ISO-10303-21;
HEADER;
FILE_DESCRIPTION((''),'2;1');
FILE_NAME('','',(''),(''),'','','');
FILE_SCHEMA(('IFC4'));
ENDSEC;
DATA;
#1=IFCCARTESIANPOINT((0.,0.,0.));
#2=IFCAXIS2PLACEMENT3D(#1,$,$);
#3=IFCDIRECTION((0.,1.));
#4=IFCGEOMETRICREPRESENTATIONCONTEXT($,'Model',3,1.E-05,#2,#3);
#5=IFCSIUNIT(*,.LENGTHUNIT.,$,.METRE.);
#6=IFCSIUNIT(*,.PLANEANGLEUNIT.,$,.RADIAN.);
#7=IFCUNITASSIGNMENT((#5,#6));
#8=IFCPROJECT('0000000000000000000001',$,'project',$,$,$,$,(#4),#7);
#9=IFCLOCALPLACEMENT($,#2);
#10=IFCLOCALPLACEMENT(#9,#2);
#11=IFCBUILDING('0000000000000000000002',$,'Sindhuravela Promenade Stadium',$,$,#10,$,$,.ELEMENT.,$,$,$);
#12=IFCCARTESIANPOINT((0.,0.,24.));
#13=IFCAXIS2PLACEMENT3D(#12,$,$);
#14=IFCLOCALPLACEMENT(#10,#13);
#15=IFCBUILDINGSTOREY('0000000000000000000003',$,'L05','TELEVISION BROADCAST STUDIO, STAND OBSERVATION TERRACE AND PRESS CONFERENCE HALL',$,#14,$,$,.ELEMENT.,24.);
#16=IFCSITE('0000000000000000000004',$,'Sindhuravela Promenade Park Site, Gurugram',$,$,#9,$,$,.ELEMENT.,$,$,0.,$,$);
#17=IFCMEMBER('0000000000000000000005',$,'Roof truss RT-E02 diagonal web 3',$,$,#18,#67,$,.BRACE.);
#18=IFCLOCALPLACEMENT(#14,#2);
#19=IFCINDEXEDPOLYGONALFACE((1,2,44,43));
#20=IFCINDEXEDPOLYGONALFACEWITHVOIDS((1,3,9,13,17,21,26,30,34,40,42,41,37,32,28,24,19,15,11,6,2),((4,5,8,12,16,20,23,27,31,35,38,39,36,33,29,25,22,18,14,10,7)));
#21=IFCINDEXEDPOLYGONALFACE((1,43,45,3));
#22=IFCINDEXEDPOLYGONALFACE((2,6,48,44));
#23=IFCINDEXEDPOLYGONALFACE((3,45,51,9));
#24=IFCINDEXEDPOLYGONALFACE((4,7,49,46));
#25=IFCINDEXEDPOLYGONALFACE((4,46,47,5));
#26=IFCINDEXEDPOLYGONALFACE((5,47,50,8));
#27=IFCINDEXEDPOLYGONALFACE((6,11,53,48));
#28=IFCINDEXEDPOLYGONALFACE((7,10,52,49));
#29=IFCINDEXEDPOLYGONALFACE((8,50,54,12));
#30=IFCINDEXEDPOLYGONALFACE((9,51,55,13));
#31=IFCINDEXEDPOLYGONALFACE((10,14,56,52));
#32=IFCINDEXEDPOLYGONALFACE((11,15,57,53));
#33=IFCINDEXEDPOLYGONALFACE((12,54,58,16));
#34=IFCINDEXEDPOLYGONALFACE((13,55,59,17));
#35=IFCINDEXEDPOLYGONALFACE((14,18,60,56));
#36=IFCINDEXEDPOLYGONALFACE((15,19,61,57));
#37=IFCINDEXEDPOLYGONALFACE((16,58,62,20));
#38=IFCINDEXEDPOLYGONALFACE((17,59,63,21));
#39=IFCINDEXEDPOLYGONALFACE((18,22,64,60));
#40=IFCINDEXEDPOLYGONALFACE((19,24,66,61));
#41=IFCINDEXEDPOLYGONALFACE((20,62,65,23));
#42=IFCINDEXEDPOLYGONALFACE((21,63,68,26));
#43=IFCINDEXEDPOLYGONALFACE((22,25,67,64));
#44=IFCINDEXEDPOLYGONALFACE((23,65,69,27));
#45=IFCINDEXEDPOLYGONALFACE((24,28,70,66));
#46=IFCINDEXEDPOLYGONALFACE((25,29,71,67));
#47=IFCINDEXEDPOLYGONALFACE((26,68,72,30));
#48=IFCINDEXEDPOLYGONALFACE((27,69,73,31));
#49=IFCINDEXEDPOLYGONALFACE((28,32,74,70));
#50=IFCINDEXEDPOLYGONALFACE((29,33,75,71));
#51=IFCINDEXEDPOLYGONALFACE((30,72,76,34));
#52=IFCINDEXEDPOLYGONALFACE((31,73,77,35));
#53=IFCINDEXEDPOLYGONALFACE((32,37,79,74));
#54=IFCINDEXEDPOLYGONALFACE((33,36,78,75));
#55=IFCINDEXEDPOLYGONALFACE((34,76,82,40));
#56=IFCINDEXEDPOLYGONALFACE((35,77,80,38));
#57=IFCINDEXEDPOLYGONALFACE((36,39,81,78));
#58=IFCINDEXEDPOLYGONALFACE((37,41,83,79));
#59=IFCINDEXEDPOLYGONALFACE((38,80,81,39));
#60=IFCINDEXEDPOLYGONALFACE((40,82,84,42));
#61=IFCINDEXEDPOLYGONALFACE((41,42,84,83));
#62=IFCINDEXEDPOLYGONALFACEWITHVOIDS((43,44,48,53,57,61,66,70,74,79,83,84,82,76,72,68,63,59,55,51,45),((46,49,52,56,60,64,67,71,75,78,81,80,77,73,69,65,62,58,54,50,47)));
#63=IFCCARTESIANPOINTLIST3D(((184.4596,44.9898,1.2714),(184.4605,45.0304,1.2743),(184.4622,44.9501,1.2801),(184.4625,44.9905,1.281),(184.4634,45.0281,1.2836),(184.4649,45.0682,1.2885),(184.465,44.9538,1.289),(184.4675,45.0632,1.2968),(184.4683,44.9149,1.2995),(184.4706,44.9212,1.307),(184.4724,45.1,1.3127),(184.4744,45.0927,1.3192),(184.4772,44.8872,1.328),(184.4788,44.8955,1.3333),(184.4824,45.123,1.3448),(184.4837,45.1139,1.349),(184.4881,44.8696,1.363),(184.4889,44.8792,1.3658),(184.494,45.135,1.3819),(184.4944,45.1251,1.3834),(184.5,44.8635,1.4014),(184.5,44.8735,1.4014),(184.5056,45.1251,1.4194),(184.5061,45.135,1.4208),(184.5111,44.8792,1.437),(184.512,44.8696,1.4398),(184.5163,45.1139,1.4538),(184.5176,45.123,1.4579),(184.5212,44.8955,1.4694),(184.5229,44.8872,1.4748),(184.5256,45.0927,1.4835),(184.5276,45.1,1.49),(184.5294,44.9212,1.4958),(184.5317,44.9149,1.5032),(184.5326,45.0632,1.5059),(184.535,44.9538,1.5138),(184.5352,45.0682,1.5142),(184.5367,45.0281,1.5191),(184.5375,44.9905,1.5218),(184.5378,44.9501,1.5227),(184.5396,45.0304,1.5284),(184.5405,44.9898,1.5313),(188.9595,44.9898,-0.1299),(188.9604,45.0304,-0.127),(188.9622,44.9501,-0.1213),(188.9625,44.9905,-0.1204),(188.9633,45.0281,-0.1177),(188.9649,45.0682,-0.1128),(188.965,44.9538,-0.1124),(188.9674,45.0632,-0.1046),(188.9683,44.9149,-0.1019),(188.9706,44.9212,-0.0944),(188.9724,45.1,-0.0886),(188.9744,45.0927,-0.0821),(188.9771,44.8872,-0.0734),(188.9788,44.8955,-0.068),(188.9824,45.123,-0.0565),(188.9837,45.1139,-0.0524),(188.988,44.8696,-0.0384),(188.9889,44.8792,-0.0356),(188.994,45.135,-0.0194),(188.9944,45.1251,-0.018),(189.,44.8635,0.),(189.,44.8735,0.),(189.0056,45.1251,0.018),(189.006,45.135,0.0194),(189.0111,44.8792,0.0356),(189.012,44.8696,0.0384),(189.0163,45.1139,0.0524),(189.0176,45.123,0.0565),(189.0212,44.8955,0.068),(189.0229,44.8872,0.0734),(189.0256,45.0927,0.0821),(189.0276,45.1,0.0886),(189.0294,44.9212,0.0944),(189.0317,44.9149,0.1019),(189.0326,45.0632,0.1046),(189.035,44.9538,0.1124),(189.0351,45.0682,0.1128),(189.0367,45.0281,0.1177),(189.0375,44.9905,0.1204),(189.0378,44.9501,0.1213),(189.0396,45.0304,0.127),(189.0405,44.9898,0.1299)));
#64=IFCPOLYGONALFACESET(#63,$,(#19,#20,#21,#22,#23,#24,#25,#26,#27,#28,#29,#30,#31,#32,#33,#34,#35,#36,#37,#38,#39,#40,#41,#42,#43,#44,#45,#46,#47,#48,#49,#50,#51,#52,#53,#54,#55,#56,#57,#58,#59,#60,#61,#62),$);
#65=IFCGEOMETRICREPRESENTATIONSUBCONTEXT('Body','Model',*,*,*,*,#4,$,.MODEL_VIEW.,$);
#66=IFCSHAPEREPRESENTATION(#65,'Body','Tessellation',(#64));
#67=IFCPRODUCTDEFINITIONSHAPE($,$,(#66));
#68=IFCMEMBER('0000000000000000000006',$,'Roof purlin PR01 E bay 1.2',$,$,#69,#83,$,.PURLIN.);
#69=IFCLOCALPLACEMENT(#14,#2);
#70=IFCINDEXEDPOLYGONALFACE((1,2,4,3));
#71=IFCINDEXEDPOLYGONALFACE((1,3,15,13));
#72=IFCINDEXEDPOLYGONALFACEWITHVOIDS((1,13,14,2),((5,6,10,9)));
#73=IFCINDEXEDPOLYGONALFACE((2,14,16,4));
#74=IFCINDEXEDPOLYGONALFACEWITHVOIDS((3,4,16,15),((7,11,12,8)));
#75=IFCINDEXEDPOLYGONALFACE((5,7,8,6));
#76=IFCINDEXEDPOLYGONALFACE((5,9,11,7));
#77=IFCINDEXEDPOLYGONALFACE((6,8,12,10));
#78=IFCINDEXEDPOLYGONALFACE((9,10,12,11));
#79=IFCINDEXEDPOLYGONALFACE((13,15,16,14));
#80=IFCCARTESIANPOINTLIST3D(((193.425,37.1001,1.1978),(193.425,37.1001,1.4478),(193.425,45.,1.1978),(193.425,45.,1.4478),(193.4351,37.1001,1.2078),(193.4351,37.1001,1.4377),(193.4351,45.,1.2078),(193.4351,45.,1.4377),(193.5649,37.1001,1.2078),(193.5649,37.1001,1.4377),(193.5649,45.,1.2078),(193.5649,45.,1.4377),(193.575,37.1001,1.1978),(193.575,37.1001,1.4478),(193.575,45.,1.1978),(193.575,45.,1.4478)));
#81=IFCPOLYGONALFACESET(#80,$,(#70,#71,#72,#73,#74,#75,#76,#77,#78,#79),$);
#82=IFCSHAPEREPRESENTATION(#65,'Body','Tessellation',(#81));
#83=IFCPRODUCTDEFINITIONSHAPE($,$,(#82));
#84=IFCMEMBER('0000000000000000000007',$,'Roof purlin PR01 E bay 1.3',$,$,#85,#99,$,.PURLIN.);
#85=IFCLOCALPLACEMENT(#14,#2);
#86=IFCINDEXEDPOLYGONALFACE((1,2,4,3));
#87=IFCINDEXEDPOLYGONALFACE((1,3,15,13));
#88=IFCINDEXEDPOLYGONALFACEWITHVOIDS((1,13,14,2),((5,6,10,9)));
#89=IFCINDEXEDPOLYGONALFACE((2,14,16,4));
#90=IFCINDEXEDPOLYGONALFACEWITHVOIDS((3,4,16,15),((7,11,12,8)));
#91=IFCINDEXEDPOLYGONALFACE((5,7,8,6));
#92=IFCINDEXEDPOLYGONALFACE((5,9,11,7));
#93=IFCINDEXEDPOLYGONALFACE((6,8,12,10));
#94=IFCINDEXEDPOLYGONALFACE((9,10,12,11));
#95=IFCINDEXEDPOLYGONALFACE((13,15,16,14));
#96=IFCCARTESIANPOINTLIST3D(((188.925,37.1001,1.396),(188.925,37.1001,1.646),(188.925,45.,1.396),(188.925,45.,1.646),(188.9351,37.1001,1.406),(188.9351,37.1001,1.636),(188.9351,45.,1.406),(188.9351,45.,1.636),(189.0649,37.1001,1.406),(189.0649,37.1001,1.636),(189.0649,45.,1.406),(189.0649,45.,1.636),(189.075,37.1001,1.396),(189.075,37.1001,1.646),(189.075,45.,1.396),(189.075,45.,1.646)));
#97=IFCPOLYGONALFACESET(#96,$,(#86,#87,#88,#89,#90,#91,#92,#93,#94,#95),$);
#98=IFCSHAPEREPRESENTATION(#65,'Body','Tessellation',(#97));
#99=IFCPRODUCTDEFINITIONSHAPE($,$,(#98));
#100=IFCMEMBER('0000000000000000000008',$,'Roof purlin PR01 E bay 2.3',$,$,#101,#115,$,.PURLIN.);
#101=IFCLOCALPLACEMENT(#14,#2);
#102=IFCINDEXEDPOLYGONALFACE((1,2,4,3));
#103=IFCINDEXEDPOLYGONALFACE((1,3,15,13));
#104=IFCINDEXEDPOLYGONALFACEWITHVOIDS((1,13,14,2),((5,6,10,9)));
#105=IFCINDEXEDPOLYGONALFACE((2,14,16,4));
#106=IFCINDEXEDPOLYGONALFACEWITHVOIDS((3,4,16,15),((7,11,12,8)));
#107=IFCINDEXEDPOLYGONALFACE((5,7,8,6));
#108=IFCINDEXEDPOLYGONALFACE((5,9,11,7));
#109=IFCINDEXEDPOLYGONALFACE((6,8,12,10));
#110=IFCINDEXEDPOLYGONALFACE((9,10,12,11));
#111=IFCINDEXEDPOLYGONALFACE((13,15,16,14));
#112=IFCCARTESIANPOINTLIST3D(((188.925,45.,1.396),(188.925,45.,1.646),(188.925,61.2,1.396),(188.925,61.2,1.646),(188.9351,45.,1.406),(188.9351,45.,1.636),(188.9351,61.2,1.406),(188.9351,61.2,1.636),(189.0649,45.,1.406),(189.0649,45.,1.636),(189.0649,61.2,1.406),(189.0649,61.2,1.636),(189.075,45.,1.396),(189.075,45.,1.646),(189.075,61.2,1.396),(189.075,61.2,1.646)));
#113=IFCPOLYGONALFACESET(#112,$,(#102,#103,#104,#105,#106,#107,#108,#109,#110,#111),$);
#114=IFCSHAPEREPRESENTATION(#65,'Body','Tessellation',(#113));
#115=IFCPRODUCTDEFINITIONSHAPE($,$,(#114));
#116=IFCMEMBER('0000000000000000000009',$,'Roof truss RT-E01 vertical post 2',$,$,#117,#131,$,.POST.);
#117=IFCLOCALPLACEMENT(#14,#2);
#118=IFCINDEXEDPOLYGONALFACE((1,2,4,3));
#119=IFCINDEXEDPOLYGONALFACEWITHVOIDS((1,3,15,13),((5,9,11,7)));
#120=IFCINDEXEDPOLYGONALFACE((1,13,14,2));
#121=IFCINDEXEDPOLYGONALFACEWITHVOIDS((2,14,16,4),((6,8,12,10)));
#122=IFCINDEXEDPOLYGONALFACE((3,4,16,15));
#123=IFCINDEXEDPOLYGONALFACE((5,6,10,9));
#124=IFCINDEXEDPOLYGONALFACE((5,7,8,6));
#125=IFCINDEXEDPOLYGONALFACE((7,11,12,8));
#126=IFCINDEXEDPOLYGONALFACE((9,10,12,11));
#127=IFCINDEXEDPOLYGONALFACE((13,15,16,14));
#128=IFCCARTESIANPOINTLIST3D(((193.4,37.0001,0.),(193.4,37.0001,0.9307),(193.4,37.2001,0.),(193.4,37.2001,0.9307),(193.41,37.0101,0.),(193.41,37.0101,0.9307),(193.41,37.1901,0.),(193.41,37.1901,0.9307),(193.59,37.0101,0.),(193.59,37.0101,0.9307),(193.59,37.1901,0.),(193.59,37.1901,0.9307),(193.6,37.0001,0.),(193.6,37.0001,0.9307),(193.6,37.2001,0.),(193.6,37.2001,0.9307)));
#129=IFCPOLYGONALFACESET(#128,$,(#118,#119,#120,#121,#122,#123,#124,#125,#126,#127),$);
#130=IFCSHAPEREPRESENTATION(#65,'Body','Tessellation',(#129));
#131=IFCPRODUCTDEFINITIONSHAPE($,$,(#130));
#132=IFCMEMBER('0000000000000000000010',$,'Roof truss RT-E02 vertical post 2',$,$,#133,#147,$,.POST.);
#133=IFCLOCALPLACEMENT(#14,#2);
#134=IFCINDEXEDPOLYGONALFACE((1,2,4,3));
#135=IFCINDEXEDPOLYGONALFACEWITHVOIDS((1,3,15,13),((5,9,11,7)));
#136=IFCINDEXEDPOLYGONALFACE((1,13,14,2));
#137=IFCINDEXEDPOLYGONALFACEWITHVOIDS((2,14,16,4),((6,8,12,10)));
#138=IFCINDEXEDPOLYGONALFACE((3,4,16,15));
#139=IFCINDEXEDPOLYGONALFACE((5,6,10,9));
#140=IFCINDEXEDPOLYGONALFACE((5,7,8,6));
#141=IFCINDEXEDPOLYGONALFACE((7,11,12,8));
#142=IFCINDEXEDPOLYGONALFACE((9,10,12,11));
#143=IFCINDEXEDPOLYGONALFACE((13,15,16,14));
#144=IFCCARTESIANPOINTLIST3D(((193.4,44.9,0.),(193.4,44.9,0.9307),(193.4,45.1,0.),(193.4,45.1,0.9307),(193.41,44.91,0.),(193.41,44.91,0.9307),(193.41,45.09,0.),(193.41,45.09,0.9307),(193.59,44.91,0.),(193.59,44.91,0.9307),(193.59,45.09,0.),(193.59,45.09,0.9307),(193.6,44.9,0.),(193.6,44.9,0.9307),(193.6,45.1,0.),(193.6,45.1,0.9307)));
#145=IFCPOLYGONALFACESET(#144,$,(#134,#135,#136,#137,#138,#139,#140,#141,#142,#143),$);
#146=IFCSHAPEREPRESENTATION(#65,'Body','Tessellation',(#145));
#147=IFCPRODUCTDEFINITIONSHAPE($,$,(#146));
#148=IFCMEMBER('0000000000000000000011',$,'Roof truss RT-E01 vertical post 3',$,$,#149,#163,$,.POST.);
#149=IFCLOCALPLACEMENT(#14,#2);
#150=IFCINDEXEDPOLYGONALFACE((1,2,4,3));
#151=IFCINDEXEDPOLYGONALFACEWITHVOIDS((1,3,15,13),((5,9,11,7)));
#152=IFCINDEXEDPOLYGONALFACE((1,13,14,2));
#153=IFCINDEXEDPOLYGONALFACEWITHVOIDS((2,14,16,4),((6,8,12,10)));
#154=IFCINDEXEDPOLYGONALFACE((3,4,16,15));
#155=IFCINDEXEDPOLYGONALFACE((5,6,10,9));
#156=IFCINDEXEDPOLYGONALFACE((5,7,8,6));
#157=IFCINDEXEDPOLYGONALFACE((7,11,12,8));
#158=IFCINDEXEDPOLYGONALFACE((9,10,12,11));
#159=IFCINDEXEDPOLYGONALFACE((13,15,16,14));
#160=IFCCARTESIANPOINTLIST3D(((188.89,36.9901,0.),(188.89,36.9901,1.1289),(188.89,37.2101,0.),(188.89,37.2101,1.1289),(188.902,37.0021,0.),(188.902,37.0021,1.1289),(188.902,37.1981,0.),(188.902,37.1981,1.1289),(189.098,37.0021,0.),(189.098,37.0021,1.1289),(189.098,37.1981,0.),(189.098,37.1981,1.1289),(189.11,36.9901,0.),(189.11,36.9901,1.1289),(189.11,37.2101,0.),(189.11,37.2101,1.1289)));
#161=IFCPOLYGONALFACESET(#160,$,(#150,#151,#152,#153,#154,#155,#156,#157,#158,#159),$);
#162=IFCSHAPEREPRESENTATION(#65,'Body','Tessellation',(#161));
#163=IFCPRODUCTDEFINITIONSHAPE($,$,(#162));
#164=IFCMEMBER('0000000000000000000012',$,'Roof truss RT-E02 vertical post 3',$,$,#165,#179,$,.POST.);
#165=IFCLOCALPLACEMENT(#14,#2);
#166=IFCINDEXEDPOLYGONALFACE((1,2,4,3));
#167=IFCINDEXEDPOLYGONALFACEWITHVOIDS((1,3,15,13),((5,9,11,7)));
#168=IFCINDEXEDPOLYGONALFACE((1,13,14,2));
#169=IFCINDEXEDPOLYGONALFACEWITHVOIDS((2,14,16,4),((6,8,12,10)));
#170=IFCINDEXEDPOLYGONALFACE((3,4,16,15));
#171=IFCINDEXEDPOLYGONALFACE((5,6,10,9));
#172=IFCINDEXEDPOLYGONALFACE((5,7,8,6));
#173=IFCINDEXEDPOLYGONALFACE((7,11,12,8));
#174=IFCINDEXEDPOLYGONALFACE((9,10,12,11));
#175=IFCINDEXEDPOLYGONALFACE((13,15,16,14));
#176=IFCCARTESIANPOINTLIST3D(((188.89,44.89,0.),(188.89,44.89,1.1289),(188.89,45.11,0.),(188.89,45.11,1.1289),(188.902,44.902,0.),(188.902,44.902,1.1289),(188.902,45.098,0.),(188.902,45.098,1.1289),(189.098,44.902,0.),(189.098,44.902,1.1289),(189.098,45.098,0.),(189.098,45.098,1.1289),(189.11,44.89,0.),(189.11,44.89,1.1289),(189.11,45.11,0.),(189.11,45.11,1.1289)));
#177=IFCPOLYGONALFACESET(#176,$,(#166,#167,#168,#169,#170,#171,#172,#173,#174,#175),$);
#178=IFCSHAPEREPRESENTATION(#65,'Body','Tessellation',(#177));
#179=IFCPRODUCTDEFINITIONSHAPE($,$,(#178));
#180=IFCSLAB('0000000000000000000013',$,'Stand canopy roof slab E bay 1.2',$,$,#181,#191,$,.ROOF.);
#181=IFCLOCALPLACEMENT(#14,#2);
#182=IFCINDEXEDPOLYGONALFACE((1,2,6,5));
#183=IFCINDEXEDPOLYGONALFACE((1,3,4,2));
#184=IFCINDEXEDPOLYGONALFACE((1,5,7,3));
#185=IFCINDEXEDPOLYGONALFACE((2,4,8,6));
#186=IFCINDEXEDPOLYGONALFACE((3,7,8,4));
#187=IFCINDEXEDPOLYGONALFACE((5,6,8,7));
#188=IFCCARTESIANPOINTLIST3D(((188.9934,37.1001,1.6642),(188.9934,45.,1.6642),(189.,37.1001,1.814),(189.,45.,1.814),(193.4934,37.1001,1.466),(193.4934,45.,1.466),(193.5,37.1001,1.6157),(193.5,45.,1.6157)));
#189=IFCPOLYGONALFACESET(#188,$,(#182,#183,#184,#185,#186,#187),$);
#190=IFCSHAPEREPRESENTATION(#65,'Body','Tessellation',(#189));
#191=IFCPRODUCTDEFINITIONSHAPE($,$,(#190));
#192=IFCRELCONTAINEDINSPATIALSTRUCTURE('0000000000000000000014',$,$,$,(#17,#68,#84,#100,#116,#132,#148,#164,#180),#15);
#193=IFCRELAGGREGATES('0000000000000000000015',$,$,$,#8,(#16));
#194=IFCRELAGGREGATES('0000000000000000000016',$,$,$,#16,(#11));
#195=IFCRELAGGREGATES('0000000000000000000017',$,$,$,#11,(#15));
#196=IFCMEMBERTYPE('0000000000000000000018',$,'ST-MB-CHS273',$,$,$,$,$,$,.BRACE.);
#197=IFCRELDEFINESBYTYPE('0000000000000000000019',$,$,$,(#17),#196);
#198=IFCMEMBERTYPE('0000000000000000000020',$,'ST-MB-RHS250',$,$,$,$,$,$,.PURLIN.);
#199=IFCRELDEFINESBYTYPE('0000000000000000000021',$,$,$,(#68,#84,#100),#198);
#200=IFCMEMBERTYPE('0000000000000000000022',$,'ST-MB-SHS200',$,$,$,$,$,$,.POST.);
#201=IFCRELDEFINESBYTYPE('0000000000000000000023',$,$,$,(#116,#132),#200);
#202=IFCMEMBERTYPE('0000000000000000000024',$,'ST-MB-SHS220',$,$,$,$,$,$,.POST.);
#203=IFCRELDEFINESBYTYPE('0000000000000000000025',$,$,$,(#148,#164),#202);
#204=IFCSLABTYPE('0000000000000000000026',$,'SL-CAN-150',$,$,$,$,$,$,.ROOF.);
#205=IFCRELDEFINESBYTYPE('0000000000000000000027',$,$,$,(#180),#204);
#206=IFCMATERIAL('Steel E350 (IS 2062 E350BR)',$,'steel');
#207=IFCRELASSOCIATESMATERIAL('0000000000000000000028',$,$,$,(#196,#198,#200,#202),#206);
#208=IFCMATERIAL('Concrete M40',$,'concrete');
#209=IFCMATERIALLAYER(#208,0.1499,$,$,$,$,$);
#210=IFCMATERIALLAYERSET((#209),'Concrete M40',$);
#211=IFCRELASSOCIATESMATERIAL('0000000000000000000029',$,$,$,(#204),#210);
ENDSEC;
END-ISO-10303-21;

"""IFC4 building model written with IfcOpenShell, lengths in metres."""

from ifc_helpers import new_model, si_unit, direction, frame, origin, origin_2d, place, context, subcontext, project, spatial, polyline, hollow_rectangle, hollow_circle, outline, extrude, material, layer, layer_set, material_profile, profile_set, type_object, element, save


model = new_model("IFC4")

# Units and contexts
model_context = context("Model", 3, precision=1e-05, world=origin(), true_north=direction((0.0, 1.0)))
body_context = subcontext(model_context, "Body", "Model", "MODEL_VIEW")
ifc_project = project(units=[si_unit("LENGTHUNIT", "METRE"), si_unit("PLANEANGLEUNIT", "RADIAN")], contexts=[model_context])

# Site, building, storey
site_placement = place(None, origin())
site = spatial("IfcSite", under=ifc_project, at=site_placement, Name="Sindhuravela Promenade Park Site, Gurugram", CompositionType="ELEMENT", RefElevation=0.0)
building_placement = place(site_placement, origin())
building = spatial("IfcBuilding", under=site, at=building_placement, Name="Sindhuravela Promenade Stadium", CompositionType="ELEMENT")
storey_placement = place(building_placement, frame((0.0, 0.0, 24.0)))
storey = spatial("IfcBuildingStorey", under=building, at=storey_placement, Name="L05", Description="TELEVISION BROADCAST STUDIO, STAND OBSERVATION TERRACE AND PRESS CONFERENCE HALL", CompositionType="ELEMENT", Elevation=24.0)

# Shared definitions
ifc_material_1 = material(Name="Concrete M40", Category="concrete")
ifc_material_2 = material(Name="Steel E350 (IS 2062 E350BR)", Category="steel")

# Members
ifc_material_profile_1 = material_profile(ifc_material_2, hollow_circle(Radius=0.1365, WallThickness=0.01, at=origin_2d()), Name="CHS 273.0x10")
ifc_profile_set_1 = profile_set([ifc_material_profile_1], Name="Steel E350 (IS 2062 E350BR)")
member_type_1 = type_object("IfcMemberType", Name="ST-MB-CHS273", PredefinedType="BRACE", material=ifc_profile_set_1)
member_1_placement = place(storey_placement, frame((189.0, 45.0, 0.0), z_axis=(-0.954774, 0.0, 0.297331), x_axis=(0.0, -1.0, 0.0)))
element("IfcMember", 1, at=member_1_placement, inside=storey, type_object=member_type_1, Name="Roof truss RT-E02 diagonal web 3", PredefinedType="BRACE", context=body_context, shape_type="SweptSolid", body=[
    extrude(hollow_circle(Radius=0.1365, WallThickness=0.01, at=origin_2d()), origin(), (0.0, 0.0, 1.0), 4.7131),
])
ifc_material_profile_2 = material_profile(ifc_material_2, hollow_rectangle(XDim=0.1499, YDim=0.25, WallThickness=0.01, at=origin_2d()), Name="RHS 250x150x10")
ifc_profile_set_2 = profile_set([ifc_material_profile_2], Name="Steel E350 (IS 2062 E350BR)")
member_type_2 = type_object("IfcMemberType", Name="ST-MB-RHS250", PredefinedType="PURLIN", material=ifc_profile_set_2)
for number, where, z_axis, x_axis, name in (
    (2, (193.5, 37.1001, 1.3228), (0.0, 1.0, 0.0), (-1.0, 0.0, 0.0), "Roof purlin PR01 E bay 1.2"),
    (3, (189.0, 37.1001, 1.521), (0.0, 1.0, 0.0), (-1.0, 0.0, 0.0), "Roof purlin PR01 E bay 1.3"),
):
    element("IfcMember", number, at=place(storey_placement, frame(where, z_axis=z_axis, x_axis=x_axis)), inside=storey, type_object=member_type_2, Name=name, PredefinedType="PURLIN", context=body_context, shape_type="SweptSolid", body=[
        extrude(hollow_rectangle(XDim=0.1499, YDim=0.25, WallThickness=0.01, at=origin_2d()), origin(), (0.0, 0.0, 1.0), 7.8999),
    ])
member_2_placement = place(storey_placement, frame((189.0, 45.0, 1.521), z_axis=(0.0, 1.0, 0.0), x_axis=(-1.0, 0.0, 0.0)))
element("IfcMember", 4, at=member_2_placement, inside=storey, type_object=member_type_2, Name="Roof purlin PR01 E bay 2.3", PredefinedType="PURLIN", context=body_context, shape_type="SweptSolid", body=[
    extrude(hollow_rectangle(XDim=0.1499, YDim=0.25, WallThickness=0.01, at=origin_2d()), origin(), (0.0, 0.0, 1.0), 16.2),
])
ifc_material_profile_3 = material_profile(ifc_material_2, hollow_rectangle(XDim=0.2, YDim=0.2, WallThickness=0.01, at=origin_2d()), Name="SHS 200x200x10")
ifc_profile_set_3 = profile_set([ifc_material_profile_3], Name="Steel E350 (IS 2062 E350BR)")
member_type_3 = type_object("IfcMemberType", Name="ST-MB-SHS200", PredefinedType="POST", material=ifc_profile_set_3)
for number, where, z_axis, x_axis, name in (
    (5, (193.5, 37.1001, 0.0), (0.0, 0.0, 1.0), (1.0, 0.0, 0.0), "Roof truss RT-E01 vertical post 2"),
    (6, (193.5, 45.0, 0.0), (0.0, 0.0, 1.0), (1.0, 0.0, 0.0), "Roof truss RT-E02 vertical post 2"),
):
    element("IfcMember", number, at=place(storey_placement, frame(where, z_axis=z_axis, x_axis=x_axis)), inside=storey, type_object=member_type_3, Name=name, PredefinedType="POST", context=body_context, shape_type="SweptSolid", body=[
        extrude(hollow_rectangle(XDim=0.2, YDim=0.2, WallThickness=0.01, at=origin_2d()), origin(), (0.0, 0.0, 1.0), 0.9307),
    ])
ifc_material_profile_4 = material_profile(ifc_material_2, hollow_rectangle(XDim=0.22, YDim=0.22, WallThickness=0.012, at=origin_2d()), Name="SHS 220x220x12")
ifc_profile_set_4 = profile_set([ifc_material_profile_4], Name="Steel E350 (IS 2062 E350BR)")
member_type_4 = type_object("IfcMemberType", Name="ST-MB-SHS220", PredefinedType="POST", material=ifc_profile_set_4)
for number, where, z_axis, x_axis, name in (
    (7, (189.0, 37.1001, 0.0), (0.0, 0.0, 1.0), (1.0, 0.0, 0.0), "Roof truss RT-E01 vertical post 3"),
    (8, (189.0, 45.0, 0.0), (0.0, 0.0, 1.0), (1.0, 0.0, 0.0), "Roof truss RT-E02 vertical post 3"),
):
    element("IfcMember", number, at=place(storey_placement, frame(where, z_axis=z_axis, x_axis=x_axis)), inside=storey, type_object=member_type_4, Name=name, PredefinedType="POST", context=body_context, shape_type="SweptSolid", body=[
        extrude(hollow_rectangle(XDim=0.22, YDim=0.22, WallThickness=0.012, at=origin_2d()), origin(), (0.0, 0.0, 1.0), 1.1289),
    ])

# Slab
ifc_layer_1 = layer(ifc_material_1, 0.1499)
ifc_layer_set_1 = layer_set([ifc_layer_1], Name="Concrete M40")
slab_type = type_object("IfcSlabType", Name="SL-CAN-150", PredefinedType="ROOF", material=ifc_layer_set_1)
slab_1_placement = place(storey_placement, frame((193.5, 37.1001, 1.6157), z_axis=(0.044011, 0.0, 0.999031), x_axis=(0.0, 1.0, 0.0)))
element("IfcSlab", 9, at=slab_1_placement, inside=storey, type_object=slab_type, Name="Stand canopy roof slab E bay 1.2", PredefinedType="ROOF", context=body_context, shape_type="SweptSolid", body=[
    extrude(outline(polyline([(0.0, 0.0), (7.8999, 0.0), (7.8999, 4.5044), (0.0, 4.5044), (0.0, 0.0)])), origin(), (0.0, 0.0, -1.0), 0.1499),
])

save(model, "model.ifc")
